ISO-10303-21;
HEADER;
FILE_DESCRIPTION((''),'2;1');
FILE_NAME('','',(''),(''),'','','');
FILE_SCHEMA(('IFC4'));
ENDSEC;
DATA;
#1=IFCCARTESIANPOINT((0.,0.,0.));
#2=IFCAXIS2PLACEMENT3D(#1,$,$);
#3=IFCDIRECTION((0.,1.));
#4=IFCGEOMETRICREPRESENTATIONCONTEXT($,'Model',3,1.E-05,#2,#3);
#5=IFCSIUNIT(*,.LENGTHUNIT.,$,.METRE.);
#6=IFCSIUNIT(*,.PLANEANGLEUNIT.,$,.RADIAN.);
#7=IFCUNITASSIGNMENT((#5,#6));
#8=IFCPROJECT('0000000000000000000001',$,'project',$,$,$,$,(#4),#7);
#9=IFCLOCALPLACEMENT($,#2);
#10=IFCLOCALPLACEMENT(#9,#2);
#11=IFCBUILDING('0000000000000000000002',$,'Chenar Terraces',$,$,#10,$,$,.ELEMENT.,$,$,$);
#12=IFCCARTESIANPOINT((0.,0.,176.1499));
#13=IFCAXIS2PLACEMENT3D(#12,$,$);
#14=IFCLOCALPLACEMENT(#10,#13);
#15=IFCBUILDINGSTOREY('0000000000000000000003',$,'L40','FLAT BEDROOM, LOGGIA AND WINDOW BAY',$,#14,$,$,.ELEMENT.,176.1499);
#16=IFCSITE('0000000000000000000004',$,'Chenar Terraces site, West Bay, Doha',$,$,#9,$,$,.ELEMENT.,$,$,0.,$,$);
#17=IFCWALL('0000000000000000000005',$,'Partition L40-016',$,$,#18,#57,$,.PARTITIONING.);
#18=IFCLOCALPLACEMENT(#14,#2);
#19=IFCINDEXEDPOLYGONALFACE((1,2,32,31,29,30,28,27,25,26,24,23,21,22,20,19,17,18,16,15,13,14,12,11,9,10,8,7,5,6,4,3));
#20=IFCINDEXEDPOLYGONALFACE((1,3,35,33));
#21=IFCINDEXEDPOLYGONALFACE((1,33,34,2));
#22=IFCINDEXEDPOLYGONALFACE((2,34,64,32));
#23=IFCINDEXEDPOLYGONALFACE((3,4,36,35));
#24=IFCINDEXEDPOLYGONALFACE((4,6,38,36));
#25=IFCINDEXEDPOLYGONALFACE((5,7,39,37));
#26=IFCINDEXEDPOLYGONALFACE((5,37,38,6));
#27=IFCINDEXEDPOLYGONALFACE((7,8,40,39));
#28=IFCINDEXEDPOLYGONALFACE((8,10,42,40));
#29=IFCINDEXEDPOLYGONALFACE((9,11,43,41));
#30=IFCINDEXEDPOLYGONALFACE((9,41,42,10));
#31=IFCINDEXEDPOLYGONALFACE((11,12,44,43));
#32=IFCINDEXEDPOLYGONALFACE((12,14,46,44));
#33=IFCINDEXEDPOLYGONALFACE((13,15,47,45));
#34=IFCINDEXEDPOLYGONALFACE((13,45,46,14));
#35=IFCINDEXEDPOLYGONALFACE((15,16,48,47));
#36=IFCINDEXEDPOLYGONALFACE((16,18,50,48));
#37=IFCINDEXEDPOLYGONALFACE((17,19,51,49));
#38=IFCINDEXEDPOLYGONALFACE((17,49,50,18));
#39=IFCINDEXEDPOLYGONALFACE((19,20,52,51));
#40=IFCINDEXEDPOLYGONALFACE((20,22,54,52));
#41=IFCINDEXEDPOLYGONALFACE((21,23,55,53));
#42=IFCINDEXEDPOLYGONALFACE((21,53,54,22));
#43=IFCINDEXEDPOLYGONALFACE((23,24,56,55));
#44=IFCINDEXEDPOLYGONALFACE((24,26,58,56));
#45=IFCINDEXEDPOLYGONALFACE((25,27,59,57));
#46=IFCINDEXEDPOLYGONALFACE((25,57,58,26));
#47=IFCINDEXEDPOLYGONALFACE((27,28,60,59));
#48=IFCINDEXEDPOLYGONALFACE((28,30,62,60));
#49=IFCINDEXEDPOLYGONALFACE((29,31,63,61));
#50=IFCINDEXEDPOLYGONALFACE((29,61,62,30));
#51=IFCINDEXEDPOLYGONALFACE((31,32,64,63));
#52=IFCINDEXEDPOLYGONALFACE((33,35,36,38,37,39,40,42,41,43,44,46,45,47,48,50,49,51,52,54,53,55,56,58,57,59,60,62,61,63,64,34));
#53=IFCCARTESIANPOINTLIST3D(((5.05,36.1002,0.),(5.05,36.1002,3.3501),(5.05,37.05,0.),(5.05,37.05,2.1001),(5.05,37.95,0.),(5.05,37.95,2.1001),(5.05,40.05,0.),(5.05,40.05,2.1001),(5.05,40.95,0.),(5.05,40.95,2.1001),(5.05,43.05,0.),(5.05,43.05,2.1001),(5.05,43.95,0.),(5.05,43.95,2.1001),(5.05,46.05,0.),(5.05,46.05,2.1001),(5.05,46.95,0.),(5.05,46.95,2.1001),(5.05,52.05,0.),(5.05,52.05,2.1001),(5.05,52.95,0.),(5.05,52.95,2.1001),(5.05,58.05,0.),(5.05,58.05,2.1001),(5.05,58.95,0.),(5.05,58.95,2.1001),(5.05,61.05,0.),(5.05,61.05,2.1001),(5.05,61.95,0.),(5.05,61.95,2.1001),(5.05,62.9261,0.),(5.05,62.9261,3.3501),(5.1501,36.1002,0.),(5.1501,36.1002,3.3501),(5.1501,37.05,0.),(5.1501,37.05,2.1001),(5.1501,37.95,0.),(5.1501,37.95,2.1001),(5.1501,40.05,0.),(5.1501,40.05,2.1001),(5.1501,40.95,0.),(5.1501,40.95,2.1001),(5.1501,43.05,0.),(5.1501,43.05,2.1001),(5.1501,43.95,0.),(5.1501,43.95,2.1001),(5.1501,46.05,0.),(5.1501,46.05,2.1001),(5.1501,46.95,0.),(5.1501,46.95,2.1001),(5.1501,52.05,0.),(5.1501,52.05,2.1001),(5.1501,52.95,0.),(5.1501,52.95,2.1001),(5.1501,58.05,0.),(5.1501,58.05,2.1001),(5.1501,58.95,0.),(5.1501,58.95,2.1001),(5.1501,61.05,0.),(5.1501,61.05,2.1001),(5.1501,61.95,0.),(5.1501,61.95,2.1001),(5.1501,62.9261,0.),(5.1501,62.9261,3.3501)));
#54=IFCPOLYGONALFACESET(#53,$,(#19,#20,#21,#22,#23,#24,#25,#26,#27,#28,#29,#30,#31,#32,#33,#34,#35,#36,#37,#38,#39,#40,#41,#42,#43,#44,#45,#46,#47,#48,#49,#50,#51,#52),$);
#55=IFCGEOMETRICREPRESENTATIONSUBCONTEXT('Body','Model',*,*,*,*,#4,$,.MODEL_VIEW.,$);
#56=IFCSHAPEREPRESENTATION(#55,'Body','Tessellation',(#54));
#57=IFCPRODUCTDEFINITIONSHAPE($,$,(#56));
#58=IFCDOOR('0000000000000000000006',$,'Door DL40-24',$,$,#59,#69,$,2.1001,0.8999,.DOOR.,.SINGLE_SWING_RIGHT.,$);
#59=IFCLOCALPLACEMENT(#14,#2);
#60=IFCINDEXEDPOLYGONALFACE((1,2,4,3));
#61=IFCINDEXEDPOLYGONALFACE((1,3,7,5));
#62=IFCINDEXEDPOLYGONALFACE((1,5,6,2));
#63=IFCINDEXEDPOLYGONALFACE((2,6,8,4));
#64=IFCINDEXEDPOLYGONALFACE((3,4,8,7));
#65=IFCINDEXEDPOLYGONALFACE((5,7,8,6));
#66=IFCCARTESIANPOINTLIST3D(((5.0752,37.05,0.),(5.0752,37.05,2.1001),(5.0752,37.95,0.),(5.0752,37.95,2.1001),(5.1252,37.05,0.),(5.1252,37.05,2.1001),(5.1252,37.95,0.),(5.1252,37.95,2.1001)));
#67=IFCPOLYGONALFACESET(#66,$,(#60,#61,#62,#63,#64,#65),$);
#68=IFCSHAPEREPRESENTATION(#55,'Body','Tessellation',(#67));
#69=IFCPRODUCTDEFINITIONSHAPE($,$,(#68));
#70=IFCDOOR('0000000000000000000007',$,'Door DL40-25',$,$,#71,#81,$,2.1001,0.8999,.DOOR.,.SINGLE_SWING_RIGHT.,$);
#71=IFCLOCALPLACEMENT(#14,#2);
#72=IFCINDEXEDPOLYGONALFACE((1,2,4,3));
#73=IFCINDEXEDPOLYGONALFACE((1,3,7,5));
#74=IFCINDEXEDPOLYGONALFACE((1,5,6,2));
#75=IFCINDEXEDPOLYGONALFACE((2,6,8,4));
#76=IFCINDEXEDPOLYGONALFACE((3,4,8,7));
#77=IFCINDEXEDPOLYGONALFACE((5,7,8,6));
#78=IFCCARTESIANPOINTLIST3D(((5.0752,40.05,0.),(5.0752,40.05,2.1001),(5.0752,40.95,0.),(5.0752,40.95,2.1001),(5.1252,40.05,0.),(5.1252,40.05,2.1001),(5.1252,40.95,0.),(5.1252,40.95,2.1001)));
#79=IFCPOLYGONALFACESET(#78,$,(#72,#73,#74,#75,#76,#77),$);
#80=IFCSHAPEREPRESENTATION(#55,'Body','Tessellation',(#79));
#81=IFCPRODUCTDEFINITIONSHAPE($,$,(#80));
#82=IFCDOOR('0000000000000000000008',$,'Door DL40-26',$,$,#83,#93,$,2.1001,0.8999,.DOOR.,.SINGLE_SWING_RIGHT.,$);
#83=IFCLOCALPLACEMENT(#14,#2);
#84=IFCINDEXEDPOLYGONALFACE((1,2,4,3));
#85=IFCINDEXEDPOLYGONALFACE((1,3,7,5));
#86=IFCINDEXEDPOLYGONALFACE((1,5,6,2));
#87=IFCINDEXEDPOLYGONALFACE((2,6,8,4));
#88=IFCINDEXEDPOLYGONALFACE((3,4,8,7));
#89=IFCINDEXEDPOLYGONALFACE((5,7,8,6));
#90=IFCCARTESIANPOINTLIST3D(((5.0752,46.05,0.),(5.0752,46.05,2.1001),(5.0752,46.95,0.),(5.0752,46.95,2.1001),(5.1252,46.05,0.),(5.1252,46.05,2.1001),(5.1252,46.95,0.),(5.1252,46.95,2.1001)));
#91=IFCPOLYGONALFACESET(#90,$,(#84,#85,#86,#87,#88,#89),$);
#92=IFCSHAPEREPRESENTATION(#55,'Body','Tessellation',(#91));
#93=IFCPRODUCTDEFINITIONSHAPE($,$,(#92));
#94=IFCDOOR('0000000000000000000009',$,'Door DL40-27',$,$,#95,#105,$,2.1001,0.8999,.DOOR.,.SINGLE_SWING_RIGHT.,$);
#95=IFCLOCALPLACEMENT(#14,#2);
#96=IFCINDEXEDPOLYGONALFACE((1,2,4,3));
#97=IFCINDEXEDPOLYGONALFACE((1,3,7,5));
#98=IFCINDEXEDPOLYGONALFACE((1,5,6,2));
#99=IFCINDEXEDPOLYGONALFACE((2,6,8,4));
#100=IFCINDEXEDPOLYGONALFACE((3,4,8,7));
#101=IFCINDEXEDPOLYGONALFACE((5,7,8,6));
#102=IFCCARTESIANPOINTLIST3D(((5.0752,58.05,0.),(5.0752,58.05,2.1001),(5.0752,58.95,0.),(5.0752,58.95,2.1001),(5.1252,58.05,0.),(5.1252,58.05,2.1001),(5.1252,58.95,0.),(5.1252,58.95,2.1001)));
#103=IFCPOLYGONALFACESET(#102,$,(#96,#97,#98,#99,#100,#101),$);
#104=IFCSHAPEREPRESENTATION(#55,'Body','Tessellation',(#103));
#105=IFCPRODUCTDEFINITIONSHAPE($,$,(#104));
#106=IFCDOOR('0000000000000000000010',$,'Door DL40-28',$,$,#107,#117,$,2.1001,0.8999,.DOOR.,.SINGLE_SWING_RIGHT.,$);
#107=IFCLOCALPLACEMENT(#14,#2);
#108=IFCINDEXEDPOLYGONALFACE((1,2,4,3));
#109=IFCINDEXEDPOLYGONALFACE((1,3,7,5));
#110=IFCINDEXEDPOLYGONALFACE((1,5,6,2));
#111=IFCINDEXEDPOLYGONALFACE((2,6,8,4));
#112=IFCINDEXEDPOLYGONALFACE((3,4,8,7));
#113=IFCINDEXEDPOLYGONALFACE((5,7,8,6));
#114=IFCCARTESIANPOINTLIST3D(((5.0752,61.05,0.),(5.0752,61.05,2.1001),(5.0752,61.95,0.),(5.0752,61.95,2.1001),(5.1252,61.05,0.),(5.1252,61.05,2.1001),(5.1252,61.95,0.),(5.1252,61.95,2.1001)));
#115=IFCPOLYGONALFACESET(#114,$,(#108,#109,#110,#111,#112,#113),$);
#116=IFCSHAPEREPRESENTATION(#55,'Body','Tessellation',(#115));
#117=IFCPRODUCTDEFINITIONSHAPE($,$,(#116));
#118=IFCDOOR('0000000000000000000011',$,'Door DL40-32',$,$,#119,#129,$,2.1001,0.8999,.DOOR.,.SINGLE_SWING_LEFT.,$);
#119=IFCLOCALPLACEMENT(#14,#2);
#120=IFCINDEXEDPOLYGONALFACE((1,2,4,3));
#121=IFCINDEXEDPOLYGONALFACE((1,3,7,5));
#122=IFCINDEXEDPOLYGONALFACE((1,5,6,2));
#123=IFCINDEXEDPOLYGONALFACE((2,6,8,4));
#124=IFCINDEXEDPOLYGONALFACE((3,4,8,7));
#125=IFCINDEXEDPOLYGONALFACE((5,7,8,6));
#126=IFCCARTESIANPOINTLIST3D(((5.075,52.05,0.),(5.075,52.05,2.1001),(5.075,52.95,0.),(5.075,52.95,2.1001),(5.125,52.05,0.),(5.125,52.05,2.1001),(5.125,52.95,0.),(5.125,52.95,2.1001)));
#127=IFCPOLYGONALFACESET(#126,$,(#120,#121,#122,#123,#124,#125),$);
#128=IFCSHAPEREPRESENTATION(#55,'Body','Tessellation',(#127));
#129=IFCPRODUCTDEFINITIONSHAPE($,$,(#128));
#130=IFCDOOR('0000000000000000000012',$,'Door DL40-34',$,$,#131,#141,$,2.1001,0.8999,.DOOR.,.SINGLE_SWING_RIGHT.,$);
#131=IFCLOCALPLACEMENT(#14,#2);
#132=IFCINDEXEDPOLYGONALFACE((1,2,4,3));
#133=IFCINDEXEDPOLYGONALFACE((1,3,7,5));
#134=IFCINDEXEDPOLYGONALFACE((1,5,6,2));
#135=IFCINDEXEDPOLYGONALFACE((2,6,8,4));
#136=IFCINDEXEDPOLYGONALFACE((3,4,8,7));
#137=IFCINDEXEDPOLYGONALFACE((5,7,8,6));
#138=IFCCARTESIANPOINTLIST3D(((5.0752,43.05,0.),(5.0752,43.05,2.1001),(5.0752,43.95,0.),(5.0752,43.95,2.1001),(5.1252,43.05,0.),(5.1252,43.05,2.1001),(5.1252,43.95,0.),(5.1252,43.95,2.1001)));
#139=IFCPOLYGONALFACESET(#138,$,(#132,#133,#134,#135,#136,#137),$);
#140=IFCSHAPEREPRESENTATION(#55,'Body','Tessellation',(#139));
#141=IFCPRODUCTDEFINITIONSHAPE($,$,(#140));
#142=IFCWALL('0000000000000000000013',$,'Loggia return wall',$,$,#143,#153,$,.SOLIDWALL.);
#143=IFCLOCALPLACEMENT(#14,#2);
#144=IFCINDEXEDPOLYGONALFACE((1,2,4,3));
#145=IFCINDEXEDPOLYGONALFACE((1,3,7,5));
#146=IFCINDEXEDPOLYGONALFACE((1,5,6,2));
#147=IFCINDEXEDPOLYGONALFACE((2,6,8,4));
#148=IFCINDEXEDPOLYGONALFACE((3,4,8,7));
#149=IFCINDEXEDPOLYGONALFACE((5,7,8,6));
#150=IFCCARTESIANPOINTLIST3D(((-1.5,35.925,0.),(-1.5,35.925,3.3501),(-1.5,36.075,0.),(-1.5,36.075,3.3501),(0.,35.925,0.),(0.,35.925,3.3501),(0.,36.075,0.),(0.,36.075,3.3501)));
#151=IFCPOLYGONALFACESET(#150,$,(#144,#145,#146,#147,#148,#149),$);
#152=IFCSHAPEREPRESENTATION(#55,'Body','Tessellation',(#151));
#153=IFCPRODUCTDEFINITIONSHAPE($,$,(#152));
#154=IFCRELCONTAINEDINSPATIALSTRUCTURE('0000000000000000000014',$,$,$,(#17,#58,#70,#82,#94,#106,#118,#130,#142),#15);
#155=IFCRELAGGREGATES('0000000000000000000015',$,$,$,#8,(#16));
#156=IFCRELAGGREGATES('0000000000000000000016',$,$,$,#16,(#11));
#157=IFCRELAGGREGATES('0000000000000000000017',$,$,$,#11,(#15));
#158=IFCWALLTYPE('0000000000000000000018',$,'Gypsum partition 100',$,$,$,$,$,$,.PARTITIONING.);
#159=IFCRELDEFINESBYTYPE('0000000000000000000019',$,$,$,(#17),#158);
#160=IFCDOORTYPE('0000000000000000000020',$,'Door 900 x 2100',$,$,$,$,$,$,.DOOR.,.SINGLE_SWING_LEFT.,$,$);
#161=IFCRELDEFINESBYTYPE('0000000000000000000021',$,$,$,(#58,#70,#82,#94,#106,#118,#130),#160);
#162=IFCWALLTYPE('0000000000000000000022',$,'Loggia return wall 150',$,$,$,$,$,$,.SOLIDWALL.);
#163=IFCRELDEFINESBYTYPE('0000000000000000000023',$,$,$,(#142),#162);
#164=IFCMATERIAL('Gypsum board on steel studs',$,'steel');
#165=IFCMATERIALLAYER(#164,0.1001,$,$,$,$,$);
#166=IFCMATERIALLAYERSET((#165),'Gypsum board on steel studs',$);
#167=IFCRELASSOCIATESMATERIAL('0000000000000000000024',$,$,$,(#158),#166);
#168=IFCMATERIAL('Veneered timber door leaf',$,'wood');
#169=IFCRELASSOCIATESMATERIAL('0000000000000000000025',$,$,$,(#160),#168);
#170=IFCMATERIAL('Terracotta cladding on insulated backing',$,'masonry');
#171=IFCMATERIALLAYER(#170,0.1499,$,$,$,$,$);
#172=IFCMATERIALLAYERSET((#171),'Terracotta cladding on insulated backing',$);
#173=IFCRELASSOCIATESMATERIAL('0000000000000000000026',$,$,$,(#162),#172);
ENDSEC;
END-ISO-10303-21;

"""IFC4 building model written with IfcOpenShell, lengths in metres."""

from ifc_helpers import new_model, si_unit, direction, frame, frame_2d, origin, place, context, subcontext, project, spatial, rectangle, extrude, material, layer, layer_set, type_object, element, fill, save


model = new_model("IFC4")

# Units and contexts
model_context = context("Model", 3, precision=1e-05, world=origin(), true_north=direction((0.0, 1.0)))
body_context = subcontext(model_context, "Body", "Model", "MODEL_VIEW")
ifc_project = project(units=[si_unit("LENGTHUNIT", "METRE"), si_unit("PLANEANGLEUNIT", "RADIAN")], contexts=[model_context])

# Site, building, storey
site_placement = place(None, origin())
site = spatial("IfcSite", under=ifc_project, at=site_placement, Name="Chenar Terraces site, West Bay, Doha", CompositionType="ELEMENT", RefElevation=0.0)
building_placement = place(site_placement, origin())
building = spatial("IfcBuilding", under=site, at=building_placement, Name="Chenar Terraces", CompositionType="ELEMENT")
storey_placement = place(building_placement, frame((0.0, 0.0, 176.1499)))
storey = spatial("IfcBuildingStorey", under=building, at=storey_placement, Name="L40", Description="FLAT BEDROOM, LOGGIA AND WINDOW BAY", CompositionType="ELEMENT", Elevation=176.1499)

# Shared definitions
ifc_material_1 = material(Name="Gypsum board on steel studs", Category="steel")
ifc_layer_1 = layer(ifc_material_1, 0.1001)
ifc_layer_set_1 = layer_set([ifc_layer_1], Name="Gypsum board on steel studs")
wall_type_1 = type_object("IfcWallType", Name="Gypsum partition 100", PredefinedType="PARTITIONING", material=ifc_layer_set_1)

# Wall, openings, doors
wall_1_placement = place(storey_placement, frame((5.1001, 36.1001, 0.0), z_axis=(0.0, 0.0, 1.0), x_axis=(0.0, 1.0, 0.0)))
wall_1 = element("IfcWall", 1, at=wall_1_placement, inside=storey, type_object=wall_type_1, Name="Partition L40-016", PredefinedType="PARTITIONING", context=body_context, shape_type="SweptSolid", body=[
    extrude(rectangle(XDim=26.8259, YDim=0.1001, at=frame_2d((13.4131, 0.0))), origin(), (0.0, 0.0, 1.0), 3.3501),
])
opening_1_placement = place(wall_1_placement, frame((0.95, 0.0, 0.0)))
opening_1 = element("IfcOpeningElement", 2, at=opening_1_placement, cuts=wall_1, PredefinedType="OPENING", context=body_context, shape_type="SweptSolid", body=[
    extrude(rectangle(XDim=0.8999, YDim=2.1001, at=frame_2d((0.45, 1.05))), frame((0.0, 0.0601, 0.0), z_axis=(0.0, -1.0, 0.0), x_axis=(1.0, 0.0, 0.0)), (0.0, 0.0, 1.0), 0.1201),
])
opening_2_placement = place(wall_1_placement, frame((3.95, 0.0, 0.0)))
opening_2 = element("IfcOpeningElement", 3, at=opening_2_placement, cuts=wall_1, PredefinedType="OPENING", context=body_context, shape_type="SweptSolid", body=[
    extrude(rectangle(XDim=0.8999, YDim=2.1001, at=frame_2d((0.45, 1.05))), frame((0.0, 0.0601, 0.0), z_axis=(0.0, -1.0, 0.0), x_axis=(1.0, 0.0, 0.0)), (0.0, 0.0, 1.0), 0.1201),
])
opening_3_placement = place(wall_1_placement, frame((9.95, 0.0, 0.0)))
opening_3 = element("IfcOpeningElement", 4, at=opening_3_placement, cuts=wall_1, PredefinedType="OPENING", context=body_context, shape_type="SweptSolid", body=[
    extrude(rectangle(XDim=0.8999, YDim=2.1001, at=frame_2d((0.45, 1.05))), frame((0.0, 0.0601, 0.0), z_axis=(0.0, -1.0, 0.0), x_axis=(1.0, 0.0, 0.0)), (0.0, 0.0, 1.0), 0.1201),
])
opening_4_placement = place(wall_1_placement, frame((21.95, 0.0, 0.0)))
opening_4 = element("IfcOpeningElement", 5, at=opening_4_placement, cuts=wall_1, PredefinedType="OPENING", context=body_context, shape_type="SweptSolid", body=[
    extrude(rectangle(XDim=0.8999, YDim=2.1001, at=frame_2d((0.45, 1.05))), frame((0.0, 0.0601, 0.0), z_axis=(0.0, -1.0, 0.0), x_axis=(1.0, 0.0, 0.0)), (0.0, 0.0, 1.0), 0.1201),
])
opening_5_placement = place(wall_1_placement, frame((24.95, 0.0, 0.0)))
opening_5 = element("IfcOpeningElement", 6, at=opening_5_placement, cuts=wall_1, PredefinedType="OPENING", context=body_context, shape_type="SweptSolid", body=[
    extrude(rectangle(XDim=0.8999, YDim=2.1001, at=frame_2d((0.45, 1.05))), frame((0.0, 0.0601, 0.0), z_axis=(0.0, -1.0, 0.0), x_axis=(1.0, 0.0, 0.0)), (0.0, 0.0, 1.0), 0.1201),
])
opening_6_placement = place(wall_1_placement, frame((15.95, 0.0, 0.0)))
opening_6 = element("IfcOpeningElement", 7, at=opening_6_placement, cuts=wall_1, PredefinedType="OPENING", context=body_context, shape_type="SweptSolid", body=[
    extrude(rectangle(XDim=0.8999, YDim=2.1001, at=frame_2d((0.45, 1.05))), frame((0.0, 0.0601, 0.0), z_axis=(0.0, -1.0, 0.0), x_axis=(1.0, 0.0, 0.0)), (0.0, 0.0, 1.0), 0.1201),
])
opening_7_placement = place(wall_1_placement, frame((6.95, 0.0, 0.0)))
opening_7 = element("IfcOpeningElement", 8, at=opening_7_placement, cuts=wall_1, PredefinedType="OPENING", context=body_context, shape_type="SweptSolid", body=[
    extrude(rectangle(XDim=0.8999, YDim=2.1001, at=frame_2d((0.45, 1.05))), frame((0.0, 0.0601, 0.0), z_axis=(0.0, -1.0, 0.0), x_axis=(1.0, 0.0, 0.0)), (0.0, 0.0, 1.0), 0.1201),
])
ifc_material_2 = material(Name="Veneered timber door leaf", Category="wood")
door_type_1 = type_object("IfcDoorType", Name="Door 900 x 2100", OperationType="SINGLE_SWING_LEFT", PredefinedType="DOOR", material=ifc_material_2)
door_1_placement = place(opening_1_placement, origin())
door_1 = element("IfcDoor", 9, at=door_1_placement, inside=storey, type_object=door_type_1, Name="Door DL40-24", OperationType="SINGLE_SWING_RIGHT", OverallHeight=2.1001, OverallWidth=0.8999, PredefinedType="DOOR", context=body_context, shape_type="SweptSolid", body=[
    extrude(rectangle(XDim=0.8999, YDim=2.1001, at=frame_2d((0.45, 1.05))), frame((0.0, 0.0249, 0.0), z_axis=(0.0, -1.0, 0.0), x_axis=(1.0, 0.0, 0.0)), (0.0, 0.0, 1.0), 0.05),
])
fill(opening_1, door_1)
door_2_placement = place(opening_2_placement, origin())
door_2 = element("IfcDoor", 10, at=door_2_placement, inside=storey, type_object=door_type_1, Name="Door DL40-25", OperationType="SINGLE_SWING_RIGHT", OverallHeight=2.1001, OverallWidth=0.8999, PredefinedType="DOOR", context=body_context, shape_type="SweptSolid", body=[
    extrude(rectangle(XDim=0.8999, YDim=2.1001, at=frame_2d((0.45, 1.05))), frame((0.0, 0.0249, 0.0), z_axis=(0.0, -1.0, 0.0), x_axis=(1.0, 0.0, 0.0)), (0.0, 0.0, 1.0), 0.05),
])
fill(opening_2, door_2)
door_3_placement = place(opening_3_placement, origin())
door_3 = element("IfcDoor", 11, at=door_3_placement, inside=storey, type_object=door_type_1, Name="Door DL40-26", OperationType="SINGLE_SWING_RIGHT", OverallHeight=2.1001, OverallWidth=0.8999, PredefinedType="DOOR", context=body_context, shape_type="SweptSolid", body=[
    extrude(rectangle(XDim=0.8999, YDim=2.1001, at=frame_2d((0.45, 1.05))), frame((0.0, 0.0249, 0.0), z_axis=(0.0, -1.0, 0.0), x_axis=(1.0, 0.0, 0.0)), (0.0, 0.0, 1.0), 0.05),
])
fill(opening_3, door_3)
door_4_placement = place(opening_4_placement, origin())
door_4 = element("IfcDoor", 12, at=door_4_placement, inside=storey, type_object=door_type_1, Name="Door DL40-27", OperationType="SINGLE_SWING_RIGHT", OverallHeight=2.1001, OverallWidth=0.8999, PredefinedType="DOOR", context=body_context, shape_type="SweptSolid", body=[
    extrude(rectangle(XDim=0.8999, YDim=2.1001, at=frame_2d((0.45, 1.05))), frame((0.0, 0.0249, 0.0), z_axis=(0.0, -1.0, 0.0), x_axis=(1.0, 0.0, 0.0)), (0.0, 0.0, 1.0), 0.05),
])
fill(opening_4, door_4)
door_5_placement = place(opening_5_placement, origin())
door_5 = element("IfcDoor", 13, at=door_5_placement, inside=storey, type_object=door_type_1, Name="Door DL40-28", OperationType="SINGLE_SWING_RIGHT", OverallHeight=2.1001, OverallWidth=0.8999, PredefinedType="DOOR", context=body_context, shape_type="SweptSolid", body=[
    extrude(rectangle(XDim=0.8999, YDim=2.1001, at=frame_2d((0.45, 1.05))), frame((0.0, 0.0249, 0.0), z_axis=(0.0, -1.0, 0.0), x_axis=(1.0, 0.0, 0.0)), (0.0, 0.0, 1.0), 0.05),
])
fill(opening_5, door_5)
door_6_placement = place(opening_6_placement, frame((0.8999, 0.0, 0.0), z_axis=(0.0, 0.0, 1.0), x_axis=(-1.0, 0.0, 0.0)))
door_6 = element("IfcDoor", 14, at=door_6_placement, inside=storey, type_object=door_type_1, Name="Door DL40-32", OperationType="SINGLE_SWING_LEFT", OverallHeight=2.1001, OverallWidth=0.8999, PredefinedType="DOOR", context=body_context, shape_type="SweptSolid", body=[
    extrude(rectangle(XDim=0.8999, YDim=2.1001, at=frame_2d((0.45, 1.05))), frame((0.0, 0.0249, 0.0), z_axis=(0.0, -1.0, 0.0), x_axis=(1.0, 0.0, 0.0)), (0.0, 0.0, 1.0), 0.05),
])
fill(opening_6, door_6)
door_7_placement = place(opening_7_placement, origin())
door_7 = element("IfcDoor", 15, at=door_7_placement, inside=storey, type_object=door_type_1, Name="Door DL40-34", OperationType="SINGLE_SWING_RIGHT", OverallHeight=2.1001, OverallWidth=0.8999, PredefinedType="DOOR", context=body_context, shape_type="SweptSolid", body=[
    extrude(rectangle(XDim=0.8999, YDim=2.1001, at=frame_2d((0.45, 1.05))), frame((0.0, 0.0249, 0.0), z_axis=(0.0, -1.0, 0.0), x_axis=(1.0, 0.0, 0.0)), (0.0, 0.0, 1.0), 0.05),
])
fill(opening_7, door_7)

# Wall
ifc_material_3 = material(Name="Terracotta cladding on insulated backing", Category="masonry")
ifc_layer_2 = layer(ifc_material_3, 0.1499)
ifc_layer_set_2 = layer_set([ifc_layer_2], Name="Terracotta cladding on insulated backing")
wall_type_2 = type_object("IfcWallType", Name="Loggia return wall 150", PredefinedType="SOLIDWALL", material=ifc_layer_set_2)
wall_2_placement = place(storey_placement, frame((-1.5, 36.0, 0.0), z_axis=(0.0, 0.0, 1.0), x_axis=(1.0, 0.0, 0.0)))
element("IfcWall", 16, at=wall_2_placement, inside=storey, type_object=wall_type_2, Name="Loggia return wall", PredefinedType="SOLIDWALL", context=body_context, shape_type="SweptSolid", body=[
    extrude(rectangle(XDim=1.5, YDim=0.1499, at=frame_2d((0.75, 0.0))), origin(), (0.0, 0.0, 1.0), 3.3501),
])

save(model, "model.ifc")
